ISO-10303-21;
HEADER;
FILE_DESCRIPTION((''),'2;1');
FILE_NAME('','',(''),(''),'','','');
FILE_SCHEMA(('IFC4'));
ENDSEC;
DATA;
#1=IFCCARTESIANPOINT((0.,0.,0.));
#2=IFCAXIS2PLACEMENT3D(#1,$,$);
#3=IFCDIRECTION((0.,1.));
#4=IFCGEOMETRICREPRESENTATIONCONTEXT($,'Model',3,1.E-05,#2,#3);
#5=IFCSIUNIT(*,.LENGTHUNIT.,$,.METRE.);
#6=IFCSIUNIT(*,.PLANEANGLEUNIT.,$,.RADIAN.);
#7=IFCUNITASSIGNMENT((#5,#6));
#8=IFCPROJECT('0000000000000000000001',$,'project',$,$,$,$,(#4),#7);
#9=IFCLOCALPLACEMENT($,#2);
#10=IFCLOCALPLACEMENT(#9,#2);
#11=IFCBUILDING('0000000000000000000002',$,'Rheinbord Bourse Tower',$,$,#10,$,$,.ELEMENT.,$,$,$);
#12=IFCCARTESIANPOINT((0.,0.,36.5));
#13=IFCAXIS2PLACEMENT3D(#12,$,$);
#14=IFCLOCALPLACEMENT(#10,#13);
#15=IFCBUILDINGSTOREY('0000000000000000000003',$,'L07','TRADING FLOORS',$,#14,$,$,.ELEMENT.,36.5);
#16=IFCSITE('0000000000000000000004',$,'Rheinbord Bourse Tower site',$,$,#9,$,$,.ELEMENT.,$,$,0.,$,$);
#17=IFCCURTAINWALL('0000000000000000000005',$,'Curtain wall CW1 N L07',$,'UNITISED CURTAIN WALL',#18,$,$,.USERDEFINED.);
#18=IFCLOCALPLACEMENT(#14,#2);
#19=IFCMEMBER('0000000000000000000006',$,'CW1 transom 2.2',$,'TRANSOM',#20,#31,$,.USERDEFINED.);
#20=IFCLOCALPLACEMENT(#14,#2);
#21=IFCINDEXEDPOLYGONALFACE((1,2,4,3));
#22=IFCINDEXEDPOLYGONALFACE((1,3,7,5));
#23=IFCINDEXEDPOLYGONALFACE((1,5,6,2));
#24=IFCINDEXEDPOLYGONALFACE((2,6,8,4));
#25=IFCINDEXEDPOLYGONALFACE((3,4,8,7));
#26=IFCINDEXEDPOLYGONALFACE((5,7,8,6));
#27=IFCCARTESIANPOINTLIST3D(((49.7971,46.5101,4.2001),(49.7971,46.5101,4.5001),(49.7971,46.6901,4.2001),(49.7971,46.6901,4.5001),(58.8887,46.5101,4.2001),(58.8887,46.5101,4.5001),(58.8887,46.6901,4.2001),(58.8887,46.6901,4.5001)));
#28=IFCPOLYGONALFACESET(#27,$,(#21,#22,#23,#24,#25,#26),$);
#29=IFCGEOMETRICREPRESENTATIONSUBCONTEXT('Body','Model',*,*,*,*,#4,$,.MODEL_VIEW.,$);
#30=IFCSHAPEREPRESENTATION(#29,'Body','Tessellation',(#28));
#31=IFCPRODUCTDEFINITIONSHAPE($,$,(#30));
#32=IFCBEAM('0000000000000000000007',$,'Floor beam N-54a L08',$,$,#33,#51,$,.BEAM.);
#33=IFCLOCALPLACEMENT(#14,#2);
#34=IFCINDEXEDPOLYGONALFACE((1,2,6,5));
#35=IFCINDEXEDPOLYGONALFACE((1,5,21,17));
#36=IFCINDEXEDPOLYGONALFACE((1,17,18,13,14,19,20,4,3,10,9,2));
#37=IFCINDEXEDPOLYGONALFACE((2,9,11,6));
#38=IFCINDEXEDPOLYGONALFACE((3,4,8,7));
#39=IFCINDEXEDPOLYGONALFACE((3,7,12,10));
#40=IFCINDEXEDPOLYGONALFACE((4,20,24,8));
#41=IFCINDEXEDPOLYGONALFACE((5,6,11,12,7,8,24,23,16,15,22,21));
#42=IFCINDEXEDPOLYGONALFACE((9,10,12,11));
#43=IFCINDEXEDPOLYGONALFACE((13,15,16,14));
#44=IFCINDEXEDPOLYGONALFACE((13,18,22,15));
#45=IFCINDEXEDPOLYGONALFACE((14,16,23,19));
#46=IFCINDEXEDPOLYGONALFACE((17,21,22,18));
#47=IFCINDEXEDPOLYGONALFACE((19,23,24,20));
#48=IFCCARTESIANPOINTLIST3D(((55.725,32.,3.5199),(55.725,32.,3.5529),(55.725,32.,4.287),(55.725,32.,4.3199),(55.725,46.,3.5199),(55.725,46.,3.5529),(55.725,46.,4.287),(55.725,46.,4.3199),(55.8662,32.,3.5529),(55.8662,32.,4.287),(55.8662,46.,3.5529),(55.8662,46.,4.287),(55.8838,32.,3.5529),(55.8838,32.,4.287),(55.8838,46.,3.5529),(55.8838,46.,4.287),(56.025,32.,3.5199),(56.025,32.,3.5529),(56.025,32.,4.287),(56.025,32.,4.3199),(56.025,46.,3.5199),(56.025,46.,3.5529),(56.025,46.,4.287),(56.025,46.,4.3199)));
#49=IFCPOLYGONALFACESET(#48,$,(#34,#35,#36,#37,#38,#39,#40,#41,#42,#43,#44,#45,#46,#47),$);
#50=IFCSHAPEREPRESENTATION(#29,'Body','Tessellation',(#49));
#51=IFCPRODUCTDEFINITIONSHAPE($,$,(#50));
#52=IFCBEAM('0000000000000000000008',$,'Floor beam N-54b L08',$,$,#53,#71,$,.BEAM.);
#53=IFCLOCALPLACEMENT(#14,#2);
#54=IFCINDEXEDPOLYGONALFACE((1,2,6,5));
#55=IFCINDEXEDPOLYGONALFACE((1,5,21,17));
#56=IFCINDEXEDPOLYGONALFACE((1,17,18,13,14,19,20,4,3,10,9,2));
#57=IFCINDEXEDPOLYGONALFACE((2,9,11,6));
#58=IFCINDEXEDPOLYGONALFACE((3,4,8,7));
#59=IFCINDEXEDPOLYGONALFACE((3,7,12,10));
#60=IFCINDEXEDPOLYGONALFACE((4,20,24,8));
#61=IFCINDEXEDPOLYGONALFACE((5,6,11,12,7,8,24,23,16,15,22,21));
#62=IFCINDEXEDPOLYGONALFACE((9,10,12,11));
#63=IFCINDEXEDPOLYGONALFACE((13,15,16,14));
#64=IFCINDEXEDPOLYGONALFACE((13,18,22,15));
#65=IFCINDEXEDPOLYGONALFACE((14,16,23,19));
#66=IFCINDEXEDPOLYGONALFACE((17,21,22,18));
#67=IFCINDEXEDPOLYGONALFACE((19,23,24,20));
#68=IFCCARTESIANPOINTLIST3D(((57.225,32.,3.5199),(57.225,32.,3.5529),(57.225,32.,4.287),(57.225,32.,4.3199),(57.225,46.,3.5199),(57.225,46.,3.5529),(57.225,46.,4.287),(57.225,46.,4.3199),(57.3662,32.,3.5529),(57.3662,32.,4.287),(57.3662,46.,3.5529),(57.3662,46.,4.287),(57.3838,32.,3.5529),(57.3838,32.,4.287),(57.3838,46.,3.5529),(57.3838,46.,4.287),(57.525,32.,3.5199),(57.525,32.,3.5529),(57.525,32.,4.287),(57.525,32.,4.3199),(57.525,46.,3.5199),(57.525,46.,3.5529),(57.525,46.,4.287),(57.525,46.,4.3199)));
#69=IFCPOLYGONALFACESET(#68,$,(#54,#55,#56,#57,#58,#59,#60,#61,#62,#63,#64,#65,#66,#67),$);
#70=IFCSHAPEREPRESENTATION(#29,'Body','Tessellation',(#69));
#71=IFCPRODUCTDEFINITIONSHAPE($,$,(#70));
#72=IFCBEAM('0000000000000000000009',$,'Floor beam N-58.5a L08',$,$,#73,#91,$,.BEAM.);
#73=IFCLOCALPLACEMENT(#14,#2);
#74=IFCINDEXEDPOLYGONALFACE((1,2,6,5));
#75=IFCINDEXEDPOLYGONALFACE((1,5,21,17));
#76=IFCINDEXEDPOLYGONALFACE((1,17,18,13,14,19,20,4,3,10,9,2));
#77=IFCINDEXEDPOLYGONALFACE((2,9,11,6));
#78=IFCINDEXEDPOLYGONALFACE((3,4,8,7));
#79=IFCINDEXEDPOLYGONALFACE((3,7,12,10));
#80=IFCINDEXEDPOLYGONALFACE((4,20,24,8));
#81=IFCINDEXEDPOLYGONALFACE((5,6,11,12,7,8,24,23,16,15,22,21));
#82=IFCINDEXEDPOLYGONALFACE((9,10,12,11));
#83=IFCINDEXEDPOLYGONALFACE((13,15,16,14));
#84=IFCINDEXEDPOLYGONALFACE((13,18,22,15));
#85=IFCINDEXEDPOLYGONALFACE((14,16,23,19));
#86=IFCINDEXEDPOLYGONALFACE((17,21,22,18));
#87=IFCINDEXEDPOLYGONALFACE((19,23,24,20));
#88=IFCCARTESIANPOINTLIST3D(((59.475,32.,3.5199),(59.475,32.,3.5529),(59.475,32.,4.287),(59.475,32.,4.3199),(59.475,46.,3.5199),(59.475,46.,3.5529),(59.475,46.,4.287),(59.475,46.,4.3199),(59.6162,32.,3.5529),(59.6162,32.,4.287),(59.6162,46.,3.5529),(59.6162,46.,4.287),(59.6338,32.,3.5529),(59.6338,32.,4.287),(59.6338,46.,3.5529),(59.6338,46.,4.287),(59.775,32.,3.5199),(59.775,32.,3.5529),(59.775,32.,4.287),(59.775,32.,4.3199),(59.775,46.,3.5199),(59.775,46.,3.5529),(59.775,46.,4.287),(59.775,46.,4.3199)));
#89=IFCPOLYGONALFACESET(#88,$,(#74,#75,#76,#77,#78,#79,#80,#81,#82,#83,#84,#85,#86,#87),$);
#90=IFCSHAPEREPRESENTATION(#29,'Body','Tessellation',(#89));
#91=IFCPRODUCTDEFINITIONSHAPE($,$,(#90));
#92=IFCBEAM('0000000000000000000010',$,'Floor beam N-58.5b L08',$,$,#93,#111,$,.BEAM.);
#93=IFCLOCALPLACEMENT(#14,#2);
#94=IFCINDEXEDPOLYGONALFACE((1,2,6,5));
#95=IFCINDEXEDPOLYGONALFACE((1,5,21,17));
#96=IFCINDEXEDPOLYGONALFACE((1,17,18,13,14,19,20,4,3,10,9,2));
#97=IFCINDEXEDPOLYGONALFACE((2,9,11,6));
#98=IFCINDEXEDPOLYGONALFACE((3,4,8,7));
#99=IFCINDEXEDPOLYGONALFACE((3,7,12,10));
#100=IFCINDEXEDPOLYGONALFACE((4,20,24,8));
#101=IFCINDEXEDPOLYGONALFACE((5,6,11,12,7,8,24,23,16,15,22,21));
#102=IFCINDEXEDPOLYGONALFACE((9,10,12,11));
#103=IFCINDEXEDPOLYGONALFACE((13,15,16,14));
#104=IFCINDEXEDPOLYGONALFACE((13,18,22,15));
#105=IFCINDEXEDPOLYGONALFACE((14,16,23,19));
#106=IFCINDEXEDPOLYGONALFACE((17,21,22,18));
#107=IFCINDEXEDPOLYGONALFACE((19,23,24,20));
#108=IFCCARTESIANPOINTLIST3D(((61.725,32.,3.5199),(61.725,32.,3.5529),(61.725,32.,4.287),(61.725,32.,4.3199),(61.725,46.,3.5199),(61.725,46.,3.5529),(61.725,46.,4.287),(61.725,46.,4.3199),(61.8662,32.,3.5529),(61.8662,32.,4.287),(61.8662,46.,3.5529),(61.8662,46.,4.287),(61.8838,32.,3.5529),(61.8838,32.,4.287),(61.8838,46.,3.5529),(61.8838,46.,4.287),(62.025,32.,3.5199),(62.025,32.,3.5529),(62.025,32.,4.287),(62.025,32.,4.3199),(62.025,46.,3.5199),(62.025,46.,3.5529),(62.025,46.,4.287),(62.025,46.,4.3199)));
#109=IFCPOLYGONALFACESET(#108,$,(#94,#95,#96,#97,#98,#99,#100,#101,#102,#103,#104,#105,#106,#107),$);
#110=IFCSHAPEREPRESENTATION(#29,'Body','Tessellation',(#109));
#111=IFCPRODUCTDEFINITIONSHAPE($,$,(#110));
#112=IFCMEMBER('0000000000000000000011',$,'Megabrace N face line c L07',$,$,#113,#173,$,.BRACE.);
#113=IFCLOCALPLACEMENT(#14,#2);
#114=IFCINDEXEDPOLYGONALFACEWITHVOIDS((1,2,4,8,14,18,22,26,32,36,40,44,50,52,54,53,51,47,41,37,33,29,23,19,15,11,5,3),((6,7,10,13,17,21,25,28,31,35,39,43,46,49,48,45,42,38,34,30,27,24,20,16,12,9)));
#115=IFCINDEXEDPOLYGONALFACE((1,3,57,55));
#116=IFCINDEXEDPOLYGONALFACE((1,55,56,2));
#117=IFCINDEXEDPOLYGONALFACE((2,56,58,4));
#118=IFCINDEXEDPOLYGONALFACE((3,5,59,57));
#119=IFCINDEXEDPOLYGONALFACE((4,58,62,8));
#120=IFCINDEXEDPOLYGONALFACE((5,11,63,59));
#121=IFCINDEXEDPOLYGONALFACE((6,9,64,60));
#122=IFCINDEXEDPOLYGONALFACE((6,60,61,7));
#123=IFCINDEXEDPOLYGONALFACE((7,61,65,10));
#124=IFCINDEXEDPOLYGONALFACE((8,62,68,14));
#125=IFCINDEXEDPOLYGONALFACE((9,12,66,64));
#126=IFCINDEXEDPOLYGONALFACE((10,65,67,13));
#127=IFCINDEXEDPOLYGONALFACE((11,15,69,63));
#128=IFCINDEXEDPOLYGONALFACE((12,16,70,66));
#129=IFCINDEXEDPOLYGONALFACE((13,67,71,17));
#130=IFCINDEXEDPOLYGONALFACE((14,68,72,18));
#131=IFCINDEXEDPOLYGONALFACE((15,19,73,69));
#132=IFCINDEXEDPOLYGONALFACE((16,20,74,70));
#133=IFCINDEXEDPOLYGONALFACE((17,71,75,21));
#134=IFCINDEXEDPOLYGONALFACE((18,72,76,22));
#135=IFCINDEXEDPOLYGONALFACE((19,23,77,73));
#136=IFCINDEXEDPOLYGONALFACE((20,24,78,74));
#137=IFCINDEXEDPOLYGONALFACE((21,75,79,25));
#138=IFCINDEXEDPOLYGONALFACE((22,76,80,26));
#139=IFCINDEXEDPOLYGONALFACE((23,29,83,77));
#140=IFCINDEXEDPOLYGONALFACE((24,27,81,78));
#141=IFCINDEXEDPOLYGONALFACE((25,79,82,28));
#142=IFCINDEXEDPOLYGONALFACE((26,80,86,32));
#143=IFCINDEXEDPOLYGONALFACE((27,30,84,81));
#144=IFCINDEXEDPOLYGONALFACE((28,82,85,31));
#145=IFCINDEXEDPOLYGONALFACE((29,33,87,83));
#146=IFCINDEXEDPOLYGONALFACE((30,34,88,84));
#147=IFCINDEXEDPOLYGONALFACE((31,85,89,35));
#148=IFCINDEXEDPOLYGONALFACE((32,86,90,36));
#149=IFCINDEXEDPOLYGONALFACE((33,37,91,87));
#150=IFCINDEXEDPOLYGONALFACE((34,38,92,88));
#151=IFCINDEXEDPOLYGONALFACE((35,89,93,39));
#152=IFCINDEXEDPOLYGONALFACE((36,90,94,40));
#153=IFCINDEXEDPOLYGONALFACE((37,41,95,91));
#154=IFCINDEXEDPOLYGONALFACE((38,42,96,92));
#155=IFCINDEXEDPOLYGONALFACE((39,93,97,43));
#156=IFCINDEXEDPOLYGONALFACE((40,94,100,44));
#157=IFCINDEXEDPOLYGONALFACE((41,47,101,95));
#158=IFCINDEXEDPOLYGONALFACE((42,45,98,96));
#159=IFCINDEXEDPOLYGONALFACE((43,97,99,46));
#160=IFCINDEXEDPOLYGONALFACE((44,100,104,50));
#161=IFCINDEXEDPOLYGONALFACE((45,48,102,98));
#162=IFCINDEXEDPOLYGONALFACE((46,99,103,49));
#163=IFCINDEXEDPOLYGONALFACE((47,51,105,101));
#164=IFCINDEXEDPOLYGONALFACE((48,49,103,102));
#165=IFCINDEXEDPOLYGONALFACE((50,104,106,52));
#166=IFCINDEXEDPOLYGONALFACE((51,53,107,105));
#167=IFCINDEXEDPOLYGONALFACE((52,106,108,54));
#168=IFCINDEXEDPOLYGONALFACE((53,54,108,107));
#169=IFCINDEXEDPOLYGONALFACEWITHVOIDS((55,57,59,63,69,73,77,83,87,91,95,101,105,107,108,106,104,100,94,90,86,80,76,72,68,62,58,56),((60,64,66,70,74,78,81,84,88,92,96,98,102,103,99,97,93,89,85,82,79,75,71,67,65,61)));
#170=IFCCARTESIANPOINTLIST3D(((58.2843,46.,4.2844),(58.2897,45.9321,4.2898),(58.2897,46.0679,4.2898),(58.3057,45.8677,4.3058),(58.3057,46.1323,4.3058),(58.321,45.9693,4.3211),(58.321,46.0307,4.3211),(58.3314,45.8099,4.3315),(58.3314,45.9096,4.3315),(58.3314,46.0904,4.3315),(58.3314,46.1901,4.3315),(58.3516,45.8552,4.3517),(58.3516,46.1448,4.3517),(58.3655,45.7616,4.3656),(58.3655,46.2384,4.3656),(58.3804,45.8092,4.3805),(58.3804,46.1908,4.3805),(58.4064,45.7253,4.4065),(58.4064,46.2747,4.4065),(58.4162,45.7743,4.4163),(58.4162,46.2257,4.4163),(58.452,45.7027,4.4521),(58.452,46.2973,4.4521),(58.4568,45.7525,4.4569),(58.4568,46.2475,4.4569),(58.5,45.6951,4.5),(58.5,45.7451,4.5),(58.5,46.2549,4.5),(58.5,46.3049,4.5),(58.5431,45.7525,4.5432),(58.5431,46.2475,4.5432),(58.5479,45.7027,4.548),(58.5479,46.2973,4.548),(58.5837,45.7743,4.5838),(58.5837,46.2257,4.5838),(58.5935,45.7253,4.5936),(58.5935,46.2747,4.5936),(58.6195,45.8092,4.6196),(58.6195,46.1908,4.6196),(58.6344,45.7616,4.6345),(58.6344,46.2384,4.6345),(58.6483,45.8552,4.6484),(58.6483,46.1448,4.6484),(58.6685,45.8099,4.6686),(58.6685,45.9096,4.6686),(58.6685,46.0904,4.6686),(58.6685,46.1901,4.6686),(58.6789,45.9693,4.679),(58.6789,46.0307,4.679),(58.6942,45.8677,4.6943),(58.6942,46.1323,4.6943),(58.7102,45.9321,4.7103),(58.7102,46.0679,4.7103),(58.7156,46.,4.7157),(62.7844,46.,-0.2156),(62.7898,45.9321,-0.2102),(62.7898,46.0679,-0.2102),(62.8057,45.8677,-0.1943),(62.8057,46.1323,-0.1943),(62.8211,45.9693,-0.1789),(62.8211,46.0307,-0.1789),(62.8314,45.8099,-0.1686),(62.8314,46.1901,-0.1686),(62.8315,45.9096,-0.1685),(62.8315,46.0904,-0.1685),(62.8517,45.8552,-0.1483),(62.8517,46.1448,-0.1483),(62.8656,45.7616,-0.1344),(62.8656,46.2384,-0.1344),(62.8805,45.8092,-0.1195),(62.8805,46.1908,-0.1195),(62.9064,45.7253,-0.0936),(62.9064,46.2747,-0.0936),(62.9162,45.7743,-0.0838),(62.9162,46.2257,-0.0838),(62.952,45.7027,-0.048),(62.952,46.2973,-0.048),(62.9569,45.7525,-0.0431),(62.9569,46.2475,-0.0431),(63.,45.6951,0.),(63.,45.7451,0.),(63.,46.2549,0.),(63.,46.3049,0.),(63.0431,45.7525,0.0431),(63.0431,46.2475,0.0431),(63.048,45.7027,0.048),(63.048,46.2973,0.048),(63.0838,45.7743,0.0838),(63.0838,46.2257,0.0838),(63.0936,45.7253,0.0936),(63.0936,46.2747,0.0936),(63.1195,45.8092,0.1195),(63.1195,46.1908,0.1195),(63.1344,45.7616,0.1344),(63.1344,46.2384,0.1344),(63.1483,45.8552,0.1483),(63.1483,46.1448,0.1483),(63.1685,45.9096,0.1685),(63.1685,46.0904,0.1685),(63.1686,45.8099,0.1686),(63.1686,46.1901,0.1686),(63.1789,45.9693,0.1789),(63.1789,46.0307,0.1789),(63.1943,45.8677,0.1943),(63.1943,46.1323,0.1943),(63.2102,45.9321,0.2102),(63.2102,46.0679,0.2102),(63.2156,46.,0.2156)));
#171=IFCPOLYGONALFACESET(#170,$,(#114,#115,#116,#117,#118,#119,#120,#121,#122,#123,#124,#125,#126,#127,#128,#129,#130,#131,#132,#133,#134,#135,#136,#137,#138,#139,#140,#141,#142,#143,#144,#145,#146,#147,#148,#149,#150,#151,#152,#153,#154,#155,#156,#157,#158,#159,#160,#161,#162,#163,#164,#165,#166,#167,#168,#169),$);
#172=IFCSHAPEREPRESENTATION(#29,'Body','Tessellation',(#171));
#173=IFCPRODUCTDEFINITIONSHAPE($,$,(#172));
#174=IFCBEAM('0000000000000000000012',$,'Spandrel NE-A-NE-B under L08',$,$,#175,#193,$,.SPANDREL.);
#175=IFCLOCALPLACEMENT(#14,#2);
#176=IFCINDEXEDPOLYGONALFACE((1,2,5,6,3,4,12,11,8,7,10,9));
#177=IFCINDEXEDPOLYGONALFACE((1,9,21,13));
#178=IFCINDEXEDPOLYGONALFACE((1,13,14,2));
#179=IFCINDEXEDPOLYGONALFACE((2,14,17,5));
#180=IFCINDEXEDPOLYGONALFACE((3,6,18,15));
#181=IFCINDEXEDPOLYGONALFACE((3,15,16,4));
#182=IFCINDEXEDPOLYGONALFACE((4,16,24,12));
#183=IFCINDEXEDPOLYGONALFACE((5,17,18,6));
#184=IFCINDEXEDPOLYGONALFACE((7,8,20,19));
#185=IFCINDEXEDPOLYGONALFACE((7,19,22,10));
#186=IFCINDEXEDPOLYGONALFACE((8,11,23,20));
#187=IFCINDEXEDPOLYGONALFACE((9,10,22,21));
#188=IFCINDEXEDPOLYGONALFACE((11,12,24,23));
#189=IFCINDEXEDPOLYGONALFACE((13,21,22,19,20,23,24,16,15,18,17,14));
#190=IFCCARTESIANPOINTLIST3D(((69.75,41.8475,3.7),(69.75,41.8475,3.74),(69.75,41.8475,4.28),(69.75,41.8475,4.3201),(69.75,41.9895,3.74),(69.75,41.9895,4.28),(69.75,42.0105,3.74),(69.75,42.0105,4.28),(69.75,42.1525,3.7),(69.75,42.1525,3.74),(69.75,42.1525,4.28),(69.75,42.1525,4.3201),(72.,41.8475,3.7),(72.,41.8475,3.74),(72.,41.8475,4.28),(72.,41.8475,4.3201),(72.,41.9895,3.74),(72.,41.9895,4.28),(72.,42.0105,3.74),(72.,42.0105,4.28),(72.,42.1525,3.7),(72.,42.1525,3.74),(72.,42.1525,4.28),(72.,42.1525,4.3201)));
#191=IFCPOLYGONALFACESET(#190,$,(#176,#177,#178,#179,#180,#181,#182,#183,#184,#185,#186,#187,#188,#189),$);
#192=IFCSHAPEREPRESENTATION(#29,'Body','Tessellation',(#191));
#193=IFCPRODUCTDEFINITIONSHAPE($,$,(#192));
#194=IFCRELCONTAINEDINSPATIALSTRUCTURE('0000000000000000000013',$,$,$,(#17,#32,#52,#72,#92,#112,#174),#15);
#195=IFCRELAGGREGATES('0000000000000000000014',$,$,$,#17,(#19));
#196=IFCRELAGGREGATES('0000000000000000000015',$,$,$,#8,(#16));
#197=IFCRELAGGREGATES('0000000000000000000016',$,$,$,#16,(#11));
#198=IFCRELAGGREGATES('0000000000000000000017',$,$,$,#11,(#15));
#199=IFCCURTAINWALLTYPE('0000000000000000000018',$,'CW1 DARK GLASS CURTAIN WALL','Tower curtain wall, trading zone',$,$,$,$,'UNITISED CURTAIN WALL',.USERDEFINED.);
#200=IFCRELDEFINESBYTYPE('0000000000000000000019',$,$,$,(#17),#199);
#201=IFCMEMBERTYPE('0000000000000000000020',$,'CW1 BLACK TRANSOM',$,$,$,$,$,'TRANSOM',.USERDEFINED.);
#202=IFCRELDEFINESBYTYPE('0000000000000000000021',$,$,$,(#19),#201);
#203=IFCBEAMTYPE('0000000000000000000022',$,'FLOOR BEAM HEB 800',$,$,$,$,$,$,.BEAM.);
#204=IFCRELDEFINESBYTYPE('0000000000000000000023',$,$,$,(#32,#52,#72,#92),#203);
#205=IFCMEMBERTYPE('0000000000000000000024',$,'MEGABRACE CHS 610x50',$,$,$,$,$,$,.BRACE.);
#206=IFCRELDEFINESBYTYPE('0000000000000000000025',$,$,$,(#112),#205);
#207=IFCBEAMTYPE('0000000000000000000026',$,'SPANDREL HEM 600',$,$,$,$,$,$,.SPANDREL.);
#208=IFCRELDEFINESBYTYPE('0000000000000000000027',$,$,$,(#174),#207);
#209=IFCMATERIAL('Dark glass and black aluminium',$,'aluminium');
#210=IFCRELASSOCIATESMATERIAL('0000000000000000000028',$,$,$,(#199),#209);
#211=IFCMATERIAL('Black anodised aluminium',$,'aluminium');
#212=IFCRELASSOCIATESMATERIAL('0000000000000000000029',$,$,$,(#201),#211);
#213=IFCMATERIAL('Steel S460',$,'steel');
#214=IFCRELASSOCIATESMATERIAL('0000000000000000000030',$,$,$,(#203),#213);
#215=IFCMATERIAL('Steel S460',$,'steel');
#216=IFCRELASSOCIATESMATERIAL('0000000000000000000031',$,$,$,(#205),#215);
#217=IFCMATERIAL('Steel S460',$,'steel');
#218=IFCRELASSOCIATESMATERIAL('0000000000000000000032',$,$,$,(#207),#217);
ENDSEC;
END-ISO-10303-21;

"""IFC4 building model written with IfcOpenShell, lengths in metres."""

from ifc_helpers import new_model, si_unit, direction, frame, origin, origin_2d, place, context, subcontext, project, spatial, rectangle, hollow_circle, i_section, extrude, material, material_profile, profile_set, type_object, element, aggregate, save


model = new_model("IFC4")

# Units and contexts
model_context = context("Model", 3, precision=1e-05, world=origin(), true_north=direction((0.0, 1.0)))
body_context = subcontext(model_context, "Body", "Model", "MODEL_VIEW")
ifc_project = project(units=[si_unit("LENGTHUNIT", "METRE"), si_unit("PLANEANGLEUNIT", "RADIAN")], contexts=[model_context])

# Site, building, storey
site_placement = place(None, origin())
site = spatial("IfcSite", under=ifc_project, at=site_placement, Name="Rheinbord Bourse Tower site", CompositionType="ELEMENT", RefElevation=0.0)
building_placement = place(site_placement, origin())
building = spatial("IfcBuilding", under=site, at=building_placement, Name="Rheinbord Bourse Tower", CompositionType="ELEMENT")
storey_placement = place(building_placement, frame((0.0, 0.0, 36.5)))
storey = spatial("IfcBuildingStorey", under=building, at=storey_placement, Name="L07", Description="TRADING FLOORS", CompositionType="ELEMENT", Elevation=36.5)

# Curtain wall
ifc_material_1 = material(Name="Dark glass and black aluminium", Category="aluminium")
curtain_wall_type = type_object("IfcCurtainWallType", Name="CW1 DARK GLASS CURTAIN WALL", Description="Tower curtain wall, trading zone", ElementType="UNITISED CURTAIN WALL", PredefinedType="USERDEFINED", material=ifc_material_1)
curtain_wall_1_placement = place(storey_placement, origin())
curtain_wall_1 = element("IfcCurtainWall", 1, at=curtain_wall_1_placement, inside=storey, type_object=curtain_wall_type, Name="Curtain wall CW1 N L07", ObjectType="UNITISED CURTAIN WALL", PredefinedType="USERDEFINED")

# Member
ifc_material_2 = material(Name="Black anodised aluminium", Category="aluminium")
ifc_material_profile_1 = material_profile(ifc_material_2, rectangle(XDim=0.1799, YDim=0.3, at=origin_2d()), Name="CW1 TRANSOM 300x180")
ifc_profile_set_1 = profile_set([ifc_material_profile_1], Name="Black anodised aluminium")
member_type_1 = type_object("IfcMemberType", Name="CW1 BLACK TRANSOM", ElementType="TRANSOM", PredefinedType="USERDEFINED", material=ifc_profile_set_1)
member_1_placement = place(storey_placement, frame((58.8887, 46.6001, 4.3501), z_axis=(-1.0, 0.0, 0.0), x_axis=(0.0, -1.0, 0.0)))
member_1 = element("IfcMember", 2, at=member_1_placement, type_object=member_type_1, Name="CW1 transom 2.2", ObjectType="TRANSOM", PredefinedType="USERDEFINED", context=body_context, shape_type="SweptSolid", body=[
    extrude(rectangle(XDim=0.1799, YDim=0.3, at=origin_2d()), origin(), (0.0, 0.0, 1.0), 9.0916),
])

# Beams
ifc_material_3 = material(Name="Steel S460", Category="steel")
ifc_material_profile_2 = material_profile(ifc_material_3, i_section(OverallWidth=0.3, OverallDepth=0.8, WebThickness=0.0176, FlangeThickness=0.033, at=origin_2d()), Name="HEB 800")
ifc_profile_set_2 = profile_set([ifc_material_profile_2], Name="Steel S460")
beam_type_1 = type_object("IfcBeamType", Name="FLOOR BEAM HEB 800", PredefinedType="BEAM", material=ifc_profile_set_2)
for number, where, z_axis, x_axis, name in (
    (3, (55.875, 46.0, 3.9199), (0.0, -1.0, 0.0), (1.0, 0.0, 0.0), "Floor beam N-54a L08"),
    (4, (57.375, 46.0, 3.9199), (0.0, -1.0, 0.0), (1.0, 0.0, 0.0), "Floor beam N-54b L08"),
    (5, (59.625, 46.0, 3.9199), (0.0, -1.0, 0.0), (1.0, 0.0, 0.0), "Floor beam N-58.5a L08"),
    (6, (61.875, 46.0, 3.9199), (0.0, -1.0, 0.0), (1.0, 0.0, 0.0), "Floor beam N-58.5b L08"),
):
    element("IfcBeam", number, at=place(storey_placement, frame(where, z_axis=z_axis, x_axis=x_axis)), inside=storey, type_object=beam_type_1, Name=name, PredefinedType="BEAM", context=body_context, shape_type="SweptSolid", body=[
        extrude(i_section(OverallWidth=0.3, OverallDepth=0.8, WebThickness=0.0176, FlangeThickness=0.033, at=origin_2d()), origin(), (0.0, 0.0, 1.0), 14.0),
    ])

# Member
ifc_material_4 = material(Name="Steel S460", Category="steel")
ifc_material_profile_3 = material_profile(ifc_material_4, hollow_circle(Radius=0.3049, WallThickness=0.05, at=origin_2d()), Name="CHS 610x50")
ifc_profile_set_3 = profile_set([ifc_material_profile_3], Name="Steel S460")
member_type_2 = type_object("IfcMemberType", Name="MEGABRACE CHS 610x50", PredefinedType="BRACE", material=ifc_profile_set_3)
member_2_placement = place(storey_placement, frame((63.0, 46.0, 0.0), z_axis=(-0.707107, 0.0, 0.707107), x_axis=(0.0, -1.0, 0.0)))
element("IfcMember", 7, at=member_2_placement, inside=storey, type_object=member_type_2, Name="Megabrace N face line c L07", PredefinedType="BRACE", context=body_context, shape_type="SweptSolid", body=[
    extrude(hollow_circle(Radius=0.3049, WallThickness=0.05, at=origin_2d()), origin(), (0.0, 0.0, 1.0), 6.364),
])

# Beam
ifc_material_5 = material(Name="Steel S460", Category="steel")
ifc_material_profile_4 = material_profile(ifc_material_5, i_section(OverallWidth=0.3049, OverallDepth=0.6201, WebThickness=0.021, FlangeThickness=0.04, at=origin_2d()), Name="HEM 600")
ifc_profile_set_4 = profile_set([ifc_material_profile_4], Name="Steel S460")
beam_type_2 = type_object("IfcBeamType", Name="SPANDREL HEM 600", PredefinedType="SPANDREL", material=ifc_profile_set_4)
for number, where, z_axis, x_axis, name in (
    (8, (72.0, 42.0, 4.01), (-1.0, 0.0, 0.0), (0.0, -1.0, 0.0), "Spandrel NE-A-NE-B under L08"),
):
    element("IfcBeam", number, at=place(storey_placement, frame(where, z_axis=z_axis, x_axis=x_axis)), inside=storey, type_object=beam_type_2, Name=name, PredefinedType="SPANDREL", context=body_context, shape_type="SweptSolid", body=[
        extrude(i_section(OverallWidth=0.3049, OverallDepth=0.6201, WebThickness=0.021, FlangeThickness=0.04, at=origin_2d()), origin(), (0.0, 0.0, 1.0), 2.25),
    ])

aggregate(curtain_wall_1, [member_1])

save(model, "model.ifc")
